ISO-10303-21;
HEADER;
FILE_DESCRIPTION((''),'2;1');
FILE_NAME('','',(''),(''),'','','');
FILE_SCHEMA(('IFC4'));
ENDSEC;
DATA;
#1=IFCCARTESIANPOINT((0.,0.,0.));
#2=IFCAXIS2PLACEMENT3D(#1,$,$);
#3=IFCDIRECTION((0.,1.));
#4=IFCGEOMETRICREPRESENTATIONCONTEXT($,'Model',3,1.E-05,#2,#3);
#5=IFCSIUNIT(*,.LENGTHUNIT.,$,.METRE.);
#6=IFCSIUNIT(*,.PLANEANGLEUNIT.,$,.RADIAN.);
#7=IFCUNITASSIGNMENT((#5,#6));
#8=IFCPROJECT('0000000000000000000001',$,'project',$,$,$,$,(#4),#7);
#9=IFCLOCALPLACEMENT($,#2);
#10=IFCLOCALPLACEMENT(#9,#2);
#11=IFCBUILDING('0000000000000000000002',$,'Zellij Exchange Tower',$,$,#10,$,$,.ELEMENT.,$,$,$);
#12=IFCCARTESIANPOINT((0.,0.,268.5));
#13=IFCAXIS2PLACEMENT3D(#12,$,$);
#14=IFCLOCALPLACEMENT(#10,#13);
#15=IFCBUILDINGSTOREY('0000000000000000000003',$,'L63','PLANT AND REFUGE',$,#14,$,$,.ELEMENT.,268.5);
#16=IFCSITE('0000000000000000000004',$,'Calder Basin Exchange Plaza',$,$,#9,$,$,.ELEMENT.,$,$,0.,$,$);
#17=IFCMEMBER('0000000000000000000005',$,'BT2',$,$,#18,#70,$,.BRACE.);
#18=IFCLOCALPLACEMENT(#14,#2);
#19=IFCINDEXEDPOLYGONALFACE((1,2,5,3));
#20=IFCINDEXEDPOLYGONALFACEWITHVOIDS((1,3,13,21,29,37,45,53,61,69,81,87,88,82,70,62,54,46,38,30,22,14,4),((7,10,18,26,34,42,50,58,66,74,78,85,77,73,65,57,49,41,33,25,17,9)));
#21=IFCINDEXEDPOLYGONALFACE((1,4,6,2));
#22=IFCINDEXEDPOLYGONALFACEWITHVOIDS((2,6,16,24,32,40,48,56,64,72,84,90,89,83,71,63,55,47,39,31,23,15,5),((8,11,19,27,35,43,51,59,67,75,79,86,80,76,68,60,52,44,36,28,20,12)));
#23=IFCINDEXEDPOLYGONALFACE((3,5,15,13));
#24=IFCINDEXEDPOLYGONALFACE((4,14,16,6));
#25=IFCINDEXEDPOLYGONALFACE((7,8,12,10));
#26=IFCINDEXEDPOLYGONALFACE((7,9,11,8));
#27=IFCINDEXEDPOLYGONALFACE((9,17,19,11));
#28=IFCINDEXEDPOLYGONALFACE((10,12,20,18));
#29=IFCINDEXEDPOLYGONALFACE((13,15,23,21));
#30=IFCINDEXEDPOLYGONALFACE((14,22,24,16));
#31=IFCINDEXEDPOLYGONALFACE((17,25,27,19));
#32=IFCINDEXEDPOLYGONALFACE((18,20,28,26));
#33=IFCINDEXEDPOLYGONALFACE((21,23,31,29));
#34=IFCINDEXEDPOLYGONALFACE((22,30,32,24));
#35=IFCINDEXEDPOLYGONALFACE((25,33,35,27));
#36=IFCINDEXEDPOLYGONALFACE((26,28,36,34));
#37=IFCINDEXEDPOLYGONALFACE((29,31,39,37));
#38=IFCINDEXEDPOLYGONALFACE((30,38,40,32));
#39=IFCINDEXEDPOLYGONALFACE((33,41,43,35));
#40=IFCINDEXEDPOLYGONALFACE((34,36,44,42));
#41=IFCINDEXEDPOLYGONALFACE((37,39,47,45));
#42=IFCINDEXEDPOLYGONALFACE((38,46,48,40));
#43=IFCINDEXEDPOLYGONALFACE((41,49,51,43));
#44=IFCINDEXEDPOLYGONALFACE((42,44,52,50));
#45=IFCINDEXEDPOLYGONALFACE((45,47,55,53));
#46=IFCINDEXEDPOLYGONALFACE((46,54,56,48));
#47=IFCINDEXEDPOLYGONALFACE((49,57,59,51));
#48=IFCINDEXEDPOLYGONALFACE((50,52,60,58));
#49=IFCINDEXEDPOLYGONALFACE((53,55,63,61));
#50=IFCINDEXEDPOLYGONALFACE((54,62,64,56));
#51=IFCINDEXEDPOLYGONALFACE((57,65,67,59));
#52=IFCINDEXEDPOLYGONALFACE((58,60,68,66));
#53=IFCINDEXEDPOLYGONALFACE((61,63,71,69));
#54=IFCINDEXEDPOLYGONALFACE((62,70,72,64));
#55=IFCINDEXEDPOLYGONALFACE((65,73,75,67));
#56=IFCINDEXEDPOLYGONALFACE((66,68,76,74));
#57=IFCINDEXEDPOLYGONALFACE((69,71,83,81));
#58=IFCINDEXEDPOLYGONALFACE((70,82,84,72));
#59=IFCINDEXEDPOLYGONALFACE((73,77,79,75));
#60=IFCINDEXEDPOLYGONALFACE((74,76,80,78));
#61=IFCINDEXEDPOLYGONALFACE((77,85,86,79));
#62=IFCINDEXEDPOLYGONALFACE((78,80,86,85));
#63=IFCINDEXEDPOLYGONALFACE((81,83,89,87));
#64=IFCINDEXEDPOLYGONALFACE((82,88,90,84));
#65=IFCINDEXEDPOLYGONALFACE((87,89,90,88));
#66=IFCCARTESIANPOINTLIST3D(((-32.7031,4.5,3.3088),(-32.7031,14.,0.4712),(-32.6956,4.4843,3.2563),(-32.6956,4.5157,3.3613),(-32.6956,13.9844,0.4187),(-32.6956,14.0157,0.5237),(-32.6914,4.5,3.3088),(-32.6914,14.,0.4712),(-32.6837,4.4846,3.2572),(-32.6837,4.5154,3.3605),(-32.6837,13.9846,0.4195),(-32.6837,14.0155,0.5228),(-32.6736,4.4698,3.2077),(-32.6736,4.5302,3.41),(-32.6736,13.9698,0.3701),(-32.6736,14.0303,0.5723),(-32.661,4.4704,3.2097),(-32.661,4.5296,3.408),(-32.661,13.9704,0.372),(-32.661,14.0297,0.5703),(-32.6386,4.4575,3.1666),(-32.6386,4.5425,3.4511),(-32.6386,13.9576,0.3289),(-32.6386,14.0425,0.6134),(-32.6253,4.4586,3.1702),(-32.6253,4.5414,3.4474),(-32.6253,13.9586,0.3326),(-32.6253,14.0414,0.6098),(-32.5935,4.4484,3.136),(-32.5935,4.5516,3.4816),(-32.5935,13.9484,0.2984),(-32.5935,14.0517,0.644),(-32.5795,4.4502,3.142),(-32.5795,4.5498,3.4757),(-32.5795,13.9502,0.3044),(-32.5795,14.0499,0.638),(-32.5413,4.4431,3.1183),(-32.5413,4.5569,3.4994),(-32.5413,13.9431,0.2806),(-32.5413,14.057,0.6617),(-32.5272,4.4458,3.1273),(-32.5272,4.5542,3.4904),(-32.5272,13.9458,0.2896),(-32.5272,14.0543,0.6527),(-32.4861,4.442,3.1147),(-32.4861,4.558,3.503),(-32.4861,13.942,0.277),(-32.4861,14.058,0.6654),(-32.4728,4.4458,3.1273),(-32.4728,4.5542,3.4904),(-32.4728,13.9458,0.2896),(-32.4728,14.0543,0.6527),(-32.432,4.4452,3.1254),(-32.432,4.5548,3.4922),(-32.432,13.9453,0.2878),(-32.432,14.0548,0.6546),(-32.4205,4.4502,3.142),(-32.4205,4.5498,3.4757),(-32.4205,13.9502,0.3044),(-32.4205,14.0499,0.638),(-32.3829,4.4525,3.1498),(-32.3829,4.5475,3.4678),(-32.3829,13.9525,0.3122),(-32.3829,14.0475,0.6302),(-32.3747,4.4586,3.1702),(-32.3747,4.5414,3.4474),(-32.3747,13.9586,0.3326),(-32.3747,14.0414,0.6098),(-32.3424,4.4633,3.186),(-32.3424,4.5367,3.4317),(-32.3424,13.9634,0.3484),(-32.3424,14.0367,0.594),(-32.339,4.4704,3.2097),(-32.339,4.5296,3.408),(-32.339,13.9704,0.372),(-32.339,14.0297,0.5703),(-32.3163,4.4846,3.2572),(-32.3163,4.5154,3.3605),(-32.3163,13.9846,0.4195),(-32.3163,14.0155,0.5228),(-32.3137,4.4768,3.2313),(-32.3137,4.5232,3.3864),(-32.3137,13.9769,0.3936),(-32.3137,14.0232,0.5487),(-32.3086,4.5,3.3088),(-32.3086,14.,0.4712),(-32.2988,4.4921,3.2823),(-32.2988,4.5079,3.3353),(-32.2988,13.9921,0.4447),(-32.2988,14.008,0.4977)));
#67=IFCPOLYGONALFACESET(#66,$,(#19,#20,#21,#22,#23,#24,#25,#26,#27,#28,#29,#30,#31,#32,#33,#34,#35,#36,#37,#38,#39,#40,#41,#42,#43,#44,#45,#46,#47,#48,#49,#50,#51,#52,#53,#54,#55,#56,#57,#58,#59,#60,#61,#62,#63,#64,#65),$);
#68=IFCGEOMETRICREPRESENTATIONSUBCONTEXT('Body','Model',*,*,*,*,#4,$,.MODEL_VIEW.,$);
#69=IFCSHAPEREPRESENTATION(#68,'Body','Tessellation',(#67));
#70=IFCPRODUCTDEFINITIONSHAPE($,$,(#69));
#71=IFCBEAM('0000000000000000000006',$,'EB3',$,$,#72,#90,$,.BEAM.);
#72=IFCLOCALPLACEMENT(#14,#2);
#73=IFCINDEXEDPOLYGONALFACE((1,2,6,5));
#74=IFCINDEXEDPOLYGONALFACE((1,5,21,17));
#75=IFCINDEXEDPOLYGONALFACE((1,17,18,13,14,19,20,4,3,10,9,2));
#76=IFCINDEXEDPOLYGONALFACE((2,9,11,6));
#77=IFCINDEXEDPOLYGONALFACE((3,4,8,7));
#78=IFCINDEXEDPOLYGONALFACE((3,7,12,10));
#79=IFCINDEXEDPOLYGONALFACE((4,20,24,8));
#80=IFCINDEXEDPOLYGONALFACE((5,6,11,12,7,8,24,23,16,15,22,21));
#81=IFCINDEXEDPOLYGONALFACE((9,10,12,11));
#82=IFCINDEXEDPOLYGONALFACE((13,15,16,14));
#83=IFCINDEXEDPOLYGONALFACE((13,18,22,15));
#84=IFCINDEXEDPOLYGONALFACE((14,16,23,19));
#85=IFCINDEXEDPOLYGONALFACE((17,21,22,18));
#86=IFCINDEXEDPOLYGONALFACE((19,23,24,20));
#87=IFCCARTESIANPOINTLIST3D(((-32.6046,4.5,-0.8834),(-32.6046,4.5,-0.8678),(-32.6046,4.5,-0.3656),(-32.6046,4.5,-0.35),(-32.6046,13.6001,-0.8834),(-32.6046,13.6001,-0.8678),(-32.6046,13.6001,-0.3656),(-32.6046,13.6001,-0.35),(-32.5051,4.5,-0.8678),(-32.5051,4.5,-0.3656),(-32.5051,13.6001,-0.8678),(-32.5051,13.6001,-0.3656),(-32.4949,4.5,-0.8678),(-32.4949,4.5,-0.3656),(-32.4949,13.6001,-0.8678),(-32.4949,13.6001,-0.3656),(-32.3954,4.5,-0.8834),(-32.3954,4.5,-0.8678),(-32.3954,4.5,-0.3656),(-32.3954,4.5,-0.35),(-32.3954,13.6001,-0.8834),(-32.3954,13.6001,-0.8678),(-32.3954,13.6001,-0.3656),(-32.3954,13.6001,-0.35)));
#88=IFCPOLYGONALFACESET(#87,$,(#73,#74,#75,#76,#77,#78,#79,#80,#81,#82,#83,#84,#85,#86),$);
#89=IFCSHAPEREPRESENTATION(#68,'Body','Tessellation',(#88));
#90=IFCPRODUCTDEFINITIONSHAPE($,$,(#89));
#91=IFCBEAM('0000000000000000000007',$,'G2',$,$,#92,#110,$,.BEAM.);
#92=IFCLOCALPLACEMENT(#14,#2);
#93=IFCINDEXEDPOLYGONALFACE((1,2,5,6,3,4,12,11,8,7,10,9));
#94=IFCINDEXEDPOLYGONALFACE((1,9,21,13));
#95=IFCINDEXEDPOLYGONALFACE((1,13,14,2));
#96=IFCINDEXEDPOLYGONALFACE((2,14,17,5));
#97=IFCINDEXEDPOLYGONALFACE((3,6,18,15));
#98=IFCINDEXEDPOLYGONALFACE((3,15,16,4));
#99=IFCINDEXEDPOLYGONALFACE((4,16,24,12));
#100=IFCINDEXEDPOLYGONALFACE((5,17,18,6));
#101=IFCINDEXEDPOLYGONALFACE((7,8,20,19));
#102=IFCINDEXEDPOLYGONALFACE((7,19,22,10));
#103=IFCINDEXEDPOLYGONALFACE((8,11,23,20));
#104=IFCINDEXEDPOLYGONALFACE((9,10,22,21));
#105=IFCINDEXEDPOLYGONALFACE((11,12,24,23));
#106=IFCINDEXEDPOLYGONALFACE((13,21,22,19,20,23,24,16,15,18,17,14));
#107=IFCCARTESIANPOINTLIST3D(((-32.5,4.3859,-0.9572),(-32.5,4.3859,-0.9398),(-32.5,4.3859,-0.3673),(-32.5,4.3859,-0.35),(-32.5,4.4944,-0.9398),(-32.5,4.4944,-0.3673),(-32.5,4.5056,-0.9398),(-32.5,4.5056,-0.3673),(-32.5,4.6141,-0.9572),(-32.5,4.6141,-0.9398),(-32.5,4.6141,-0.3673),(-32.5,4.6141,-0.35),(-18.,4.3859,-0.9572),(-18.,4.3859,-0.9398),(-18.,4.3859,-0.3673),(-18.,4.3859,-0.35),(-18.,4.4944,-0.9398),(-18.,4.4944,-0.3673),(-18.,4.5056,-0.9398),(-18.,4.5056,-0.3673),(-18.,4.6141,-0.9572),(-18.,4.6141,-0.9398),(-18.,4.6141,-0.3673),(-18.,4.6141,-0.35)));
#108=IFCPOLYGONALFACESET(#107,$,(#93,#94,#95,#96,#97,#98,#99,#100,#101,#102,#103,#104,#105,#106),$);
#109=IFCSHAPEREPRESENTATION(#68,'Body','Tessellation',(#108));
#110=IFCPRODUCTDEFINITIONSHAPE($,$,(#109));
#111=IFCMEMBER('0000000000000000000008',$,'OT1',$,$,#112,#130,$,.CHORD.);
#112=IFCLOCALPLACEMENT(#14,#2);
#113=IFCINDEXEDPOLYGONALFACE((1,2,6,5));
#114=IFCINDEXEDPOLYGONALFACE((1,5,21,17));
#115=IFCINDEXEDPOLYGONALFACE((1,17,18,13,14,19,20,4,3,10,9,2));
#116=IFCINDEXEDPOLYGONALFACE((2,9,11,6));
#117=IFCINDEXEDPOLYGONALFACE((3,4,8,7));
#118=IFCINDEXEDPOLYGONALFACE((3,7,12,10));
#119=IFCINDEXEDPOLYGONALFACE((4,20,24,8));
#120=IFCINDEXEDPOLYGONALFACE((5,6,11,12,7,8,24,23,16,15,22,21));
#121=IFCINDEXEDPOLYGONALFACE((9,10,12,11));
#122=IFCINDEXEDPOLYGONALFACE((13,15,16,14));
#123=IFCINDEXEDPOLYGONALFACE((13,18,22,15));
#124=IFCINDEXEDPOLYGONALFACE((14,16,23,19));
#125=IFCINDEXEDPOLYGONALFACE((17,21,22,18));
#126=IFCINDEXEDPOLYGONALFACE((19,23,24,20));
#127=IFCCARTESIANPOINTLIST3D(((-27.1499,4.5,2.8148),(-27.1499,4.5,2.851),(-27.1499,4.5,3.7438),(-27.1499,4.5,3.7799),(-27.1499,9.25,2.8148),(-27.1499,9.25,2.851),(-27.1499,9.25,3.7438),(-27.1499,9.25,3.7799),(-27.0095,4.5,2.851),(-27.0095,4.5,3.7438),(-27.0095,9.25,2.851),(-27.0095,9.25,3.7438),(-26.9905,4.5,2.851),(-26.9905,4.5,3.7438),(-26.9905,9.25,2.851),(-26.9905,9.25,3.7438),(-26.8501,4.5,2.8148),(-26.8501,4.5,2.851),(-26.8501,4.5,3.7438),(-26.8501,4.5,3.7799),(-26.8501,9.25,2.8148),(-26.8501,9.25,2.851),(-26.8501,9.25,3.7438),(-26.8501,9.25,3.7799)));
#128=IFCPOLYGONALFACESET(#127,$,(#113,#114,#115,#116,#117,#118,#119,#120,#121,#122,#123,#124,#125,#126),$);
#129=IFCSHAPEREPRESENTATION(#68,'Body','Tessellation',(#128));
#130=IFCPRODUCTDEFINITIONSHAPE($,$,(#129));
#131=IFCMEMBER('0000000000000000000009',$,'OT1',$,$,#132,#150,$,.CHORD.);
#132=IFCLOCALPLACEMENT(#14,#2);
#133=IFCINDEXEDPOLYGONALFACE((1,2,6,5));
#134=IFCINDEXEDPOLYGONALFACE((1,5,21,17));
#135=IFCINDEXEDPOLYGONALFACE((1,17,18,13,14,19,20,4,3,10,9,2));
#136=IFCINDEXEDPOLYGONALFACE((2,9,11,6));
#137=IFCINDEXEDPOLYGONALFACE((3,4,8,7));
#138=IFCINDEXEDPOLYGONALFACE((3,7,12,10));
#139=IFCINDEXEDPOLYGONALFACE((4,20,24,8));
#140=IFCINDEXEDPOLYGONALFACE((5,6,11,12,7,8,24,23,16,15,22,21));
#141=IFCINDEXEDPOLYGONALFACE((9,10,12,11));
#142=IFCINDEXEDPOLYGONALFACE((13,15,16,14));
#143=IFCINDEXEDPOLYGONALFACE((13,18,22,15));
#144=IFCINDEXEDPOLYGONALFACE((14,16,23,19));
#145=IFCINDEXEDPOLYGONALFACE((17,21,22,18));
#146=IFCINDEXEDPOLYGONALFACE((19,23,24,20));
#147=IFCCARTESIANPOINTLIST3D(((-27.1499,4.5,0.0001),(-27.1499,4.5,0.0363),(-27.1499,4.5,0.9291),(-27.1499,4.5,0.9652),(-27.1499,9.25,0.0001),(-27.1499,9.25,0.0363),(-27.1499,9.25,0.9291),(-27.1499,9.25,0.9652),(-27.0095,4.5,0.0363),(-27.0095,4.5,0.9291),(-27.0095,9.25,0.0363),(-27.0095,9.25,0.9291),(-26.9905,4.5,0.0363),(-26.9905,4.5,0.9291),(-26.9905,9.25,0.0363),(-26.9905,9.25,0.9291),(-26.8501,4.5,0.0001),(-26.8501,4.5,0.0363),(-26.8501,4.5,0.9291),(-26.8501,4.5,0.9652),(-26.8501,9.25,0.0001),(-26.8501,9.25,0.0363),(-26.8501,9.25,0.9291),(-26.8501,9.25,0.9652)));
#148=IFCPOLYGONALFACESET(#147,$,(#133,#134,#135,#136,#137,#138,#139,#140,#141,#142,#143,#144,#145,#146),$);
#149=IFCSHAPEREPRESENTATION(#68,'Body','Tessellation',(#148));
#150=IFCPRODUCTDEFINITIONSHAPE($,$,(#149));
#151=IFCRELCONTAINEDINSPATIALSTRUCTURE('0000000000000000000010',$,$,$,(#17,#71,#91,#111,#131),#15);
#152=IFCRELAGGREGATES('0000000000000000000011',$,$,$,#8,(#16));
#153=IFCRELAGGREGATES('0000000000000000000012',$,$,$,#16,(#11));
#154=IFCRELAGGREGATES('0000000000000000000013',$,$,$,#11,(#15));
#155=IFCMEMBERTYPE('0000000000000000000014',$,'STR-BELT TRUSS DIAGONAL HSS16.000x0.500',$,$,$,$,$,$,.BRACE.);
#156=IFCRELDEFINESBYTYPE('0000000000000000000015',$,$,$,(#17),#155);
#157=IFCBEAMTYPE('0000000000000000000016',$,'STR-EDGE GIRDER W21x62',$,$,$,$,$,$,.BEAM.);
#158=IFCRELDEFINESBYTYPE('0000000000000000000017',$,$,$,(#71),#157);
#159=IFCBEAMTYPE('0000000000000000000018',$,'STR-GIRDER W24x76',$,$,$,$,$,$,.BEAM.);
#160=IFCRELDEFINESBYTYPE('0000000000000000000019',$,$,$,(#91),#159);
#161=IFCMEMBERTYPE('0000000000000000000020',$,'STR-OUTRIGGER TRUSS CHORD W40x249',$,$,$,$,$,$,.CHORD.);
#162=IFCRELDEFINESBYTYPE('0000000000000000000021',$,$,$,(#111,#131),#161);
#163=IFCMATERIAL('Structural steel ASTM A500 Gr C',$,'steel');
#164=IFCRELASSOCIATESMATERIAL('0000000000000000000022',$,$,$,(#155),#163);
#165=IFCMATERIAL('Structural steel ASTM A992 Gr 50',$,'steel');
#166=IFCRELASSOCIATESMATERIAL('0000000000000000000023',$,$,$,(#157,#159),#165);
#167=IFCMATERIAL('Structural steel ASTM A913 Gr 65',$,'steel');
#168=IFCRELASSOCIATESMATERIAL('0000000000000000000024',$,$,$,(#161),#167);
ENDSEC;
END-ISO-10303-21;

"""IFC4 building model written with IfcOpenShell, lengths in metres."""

from ifc_helpers import new_model, si_unit, direction, frame, origin, origin_2d, place, context, subcontext, project, spatial, hollow_circle, i_section, extrude, material, material_profile, profile_set, type_object, element, save


model = new_model("IFC4")

# Units and contexts
model_context = context("Model", 3, precision=1e-05, world=origin(), true_north=direction((0.0, 1.0)))
body_context = subcontext(model_context, "Body", "Model", "MODEL_VIEW")
ifc_project = project(units=[si_unit("LENGTHUNIT", "METRE"), si_unit("PLANEANGLEUNIT", "RADIAN")], contexts=[model_context])

# Site, building, storey
site_placement = place(None, origin())
site = spatial("IfcSite", under=ifc_project, at=site_placement, Name="Calder Basin Exchange Plaza", CompositionType="ELEMENT", RefElevation=0.0)
building_placement = place(site_placement, origin())
building = spatial("IfcBuilding", under=site, at=building_placement, Name="Zellij Exchange Tower", CompositionType="ELEMENT")
storey_placement = place(building_placement, frame((0.0, 0.0, 268.5)))
storey = spatial("IfcBuildingStorey", under=building, at=storey_placement, Name="L63", Description="PLANT AND REFUGE", CompositionType="ELEMENT", Elevation=268.5)

# Shared definitions
ifc_material_1 = material(Name="Structural steel ASTM A992 Gr 50", Category="steel")

# Member
ifc_material_2 = material(Name="Structural steel ASTM A500 Gr C", Category="steel")
ifc_material_profile_1 = material_profile(ifc_material_2, hollow_circle(Radius=0.2031, WallThickness=0.0117, at=origin_2d()), Name="STR-BELT TRUSS DIAGONAL HSS16.000x0.500")
ifc_profile_set_1 = profile_set([ifc_material_profile_1], Name="Structural steel ASTM A500 Gr C")
member_type_1 = type_object("IfcMemberType", Name="STR-BELT TRUSS DIAGONAL HSS16.000x0.500", PredefinedType="BRACE", material=ifc_profile_set_1)
member_1_placement = place(storey_placement, frame((-32.5, 4.5, 3.3088), z_axis=(0.0, 0.958169, -0.286205), x_axis=(-1.0, 0.0, 0.0)))
element("IfcMember", 1, at=member_1_placement, inside=storey, type_object=member_type_1, Name="BT2", PredefinedType="BRACE", context=body_context, shape_type="SweptSolid", body=[
    extrude(hollow_circle(Radius=0.2031, WallThickness=0.0117, at=origin_2d()), origin(), (0.0, 0.0, 1.0), 9.9148),
])

# Beams
ifc_material_profile_2 = material_profile(ifc_material_1, i_section(OverallWidth=0.2092, OverallDepth=0.5334, WebThickness=0.0103, FlangeThickness=0.0156, at=origin_2d()), Name="W21x62")
ifc_profile_set_2 = profile_set([ifc_material_profile_2], Name="Structural steel ASTM A992 Gr 50")
beam_type_1 = type_object("IfcBeamType", Name="STR-EDGE GIRDER W21x62", PredefinedType="BEAM", material=ifc_profile_set_2)
beam_1_placement = place(storey_placement, frame((-32.5, 4.5, -0.6167), z_axis=(0.0, 1.0, 0.0), x_axis=(-1.0, 0.0, 0.0)))
element("IfcBeam", 2, at=beam_1_placement, inside=storey, type_object=beam_type_1, Name="EB3", PredefinedType="BEAM", context=body_context, shape_type="SweptSolid", body=[
    extrude(i_section(OverallWidth=0.2092, OverallDepth=0.5334, WebThickness=0.0103, FlangeThickness=0.0156, at=origin_2d()), origin(), (0.0, 0.0, 1.0), 9.1001),
])
ifc_material_profile_3 = material_profile(ifc_material_1, i_section(OverallWidth=0.2283, OverallDepth=0.6072, WebThickness=0.0112, FlangeThickness=0.0173, at=origin_2d()), Name="W24x76")
ifc_profile_set_3 = profile_set([ifc_material_profile_3], Name="Structural steel ASTM A992 Gr 50")
beam_type_2 = type_object("IfcBeamType", Name="STR-GIRDER W24x76", PredefinedType="BEAM", material=ifc_profile_set_3)
beam_2_placement = place(storey_placement, frame((-32.5, 4.5, -0.6536), z_axis=(1.0, 0.0, 0.0), x_axis=(0.0, 1.0, 0.0)))
element("IfcBeam", 3, at=beam_2_placement, inside=storey, type_object=beam_type_2, Name="G2", PredefinedType="BEAM", context=body_context, shape_type="SweptSolid", body=[
    extrude(i_section(OverallWidth=0.2283, OverallDepth=0.6072, WebThickness=0.0112, FlangeThickness=0.0173, at=origin_2d()), origin(), (0.0, 0.0, 1.0), 14.5),
])

# Members
ifc_material_3 = material(Name="Structural steel ASTM A913 Gr 65", Category="steel")
ifc_material_profile_4 = material_profile(ifc_material_3, i_section(OverallWidth=0.2998, OverallDepth=0.9651, WebThickness=0.019, FlangeThickness=0.0361, at=origin_2d()), Name="W40x249")
ifc_profile_set_4 = profile_set([ifc_material_profile_4], Name="Structural steel ASTM A913 Gr 65")
member_type_2 = type_object("IfcMemberType", Name="STR-OUTRIGGER TRUSS CHORD W40x249", PredefinedType="CHORD", material=ifc_profile_set_4)
for number, where, z_axis, x_axis, name in (
    (4, (-27.0, 4.5, 3.2974), (0.0, 1.0, 0.0), (-1.0, 0.0, 0.0), "OT1"),
    (5, (-27.0, 4.5, 0.4827), (0.0, 1.0, 0.0), (-1.0, 0.0, 0.0), "OT1"),
):
    element("IfcMember", number, at=place(storey_placement, frame(where, z_axis=z_axis, x_axis=x_axis)), inside=storey, type_object=member_type_2, Name=name, PredefinedType="CHORD", context=body_context, shape_type="SweptSolid", body=[
        extrude(i_section(OverallWidth=0.2998, OverallDepth=0.9651, WebThickness=0.019, FlangeThickness=0.0361, at=origin_2d()), origin(), (0.0, 0.0, 1.0), 4.75),
    ])

save(model, "model.ifc")
